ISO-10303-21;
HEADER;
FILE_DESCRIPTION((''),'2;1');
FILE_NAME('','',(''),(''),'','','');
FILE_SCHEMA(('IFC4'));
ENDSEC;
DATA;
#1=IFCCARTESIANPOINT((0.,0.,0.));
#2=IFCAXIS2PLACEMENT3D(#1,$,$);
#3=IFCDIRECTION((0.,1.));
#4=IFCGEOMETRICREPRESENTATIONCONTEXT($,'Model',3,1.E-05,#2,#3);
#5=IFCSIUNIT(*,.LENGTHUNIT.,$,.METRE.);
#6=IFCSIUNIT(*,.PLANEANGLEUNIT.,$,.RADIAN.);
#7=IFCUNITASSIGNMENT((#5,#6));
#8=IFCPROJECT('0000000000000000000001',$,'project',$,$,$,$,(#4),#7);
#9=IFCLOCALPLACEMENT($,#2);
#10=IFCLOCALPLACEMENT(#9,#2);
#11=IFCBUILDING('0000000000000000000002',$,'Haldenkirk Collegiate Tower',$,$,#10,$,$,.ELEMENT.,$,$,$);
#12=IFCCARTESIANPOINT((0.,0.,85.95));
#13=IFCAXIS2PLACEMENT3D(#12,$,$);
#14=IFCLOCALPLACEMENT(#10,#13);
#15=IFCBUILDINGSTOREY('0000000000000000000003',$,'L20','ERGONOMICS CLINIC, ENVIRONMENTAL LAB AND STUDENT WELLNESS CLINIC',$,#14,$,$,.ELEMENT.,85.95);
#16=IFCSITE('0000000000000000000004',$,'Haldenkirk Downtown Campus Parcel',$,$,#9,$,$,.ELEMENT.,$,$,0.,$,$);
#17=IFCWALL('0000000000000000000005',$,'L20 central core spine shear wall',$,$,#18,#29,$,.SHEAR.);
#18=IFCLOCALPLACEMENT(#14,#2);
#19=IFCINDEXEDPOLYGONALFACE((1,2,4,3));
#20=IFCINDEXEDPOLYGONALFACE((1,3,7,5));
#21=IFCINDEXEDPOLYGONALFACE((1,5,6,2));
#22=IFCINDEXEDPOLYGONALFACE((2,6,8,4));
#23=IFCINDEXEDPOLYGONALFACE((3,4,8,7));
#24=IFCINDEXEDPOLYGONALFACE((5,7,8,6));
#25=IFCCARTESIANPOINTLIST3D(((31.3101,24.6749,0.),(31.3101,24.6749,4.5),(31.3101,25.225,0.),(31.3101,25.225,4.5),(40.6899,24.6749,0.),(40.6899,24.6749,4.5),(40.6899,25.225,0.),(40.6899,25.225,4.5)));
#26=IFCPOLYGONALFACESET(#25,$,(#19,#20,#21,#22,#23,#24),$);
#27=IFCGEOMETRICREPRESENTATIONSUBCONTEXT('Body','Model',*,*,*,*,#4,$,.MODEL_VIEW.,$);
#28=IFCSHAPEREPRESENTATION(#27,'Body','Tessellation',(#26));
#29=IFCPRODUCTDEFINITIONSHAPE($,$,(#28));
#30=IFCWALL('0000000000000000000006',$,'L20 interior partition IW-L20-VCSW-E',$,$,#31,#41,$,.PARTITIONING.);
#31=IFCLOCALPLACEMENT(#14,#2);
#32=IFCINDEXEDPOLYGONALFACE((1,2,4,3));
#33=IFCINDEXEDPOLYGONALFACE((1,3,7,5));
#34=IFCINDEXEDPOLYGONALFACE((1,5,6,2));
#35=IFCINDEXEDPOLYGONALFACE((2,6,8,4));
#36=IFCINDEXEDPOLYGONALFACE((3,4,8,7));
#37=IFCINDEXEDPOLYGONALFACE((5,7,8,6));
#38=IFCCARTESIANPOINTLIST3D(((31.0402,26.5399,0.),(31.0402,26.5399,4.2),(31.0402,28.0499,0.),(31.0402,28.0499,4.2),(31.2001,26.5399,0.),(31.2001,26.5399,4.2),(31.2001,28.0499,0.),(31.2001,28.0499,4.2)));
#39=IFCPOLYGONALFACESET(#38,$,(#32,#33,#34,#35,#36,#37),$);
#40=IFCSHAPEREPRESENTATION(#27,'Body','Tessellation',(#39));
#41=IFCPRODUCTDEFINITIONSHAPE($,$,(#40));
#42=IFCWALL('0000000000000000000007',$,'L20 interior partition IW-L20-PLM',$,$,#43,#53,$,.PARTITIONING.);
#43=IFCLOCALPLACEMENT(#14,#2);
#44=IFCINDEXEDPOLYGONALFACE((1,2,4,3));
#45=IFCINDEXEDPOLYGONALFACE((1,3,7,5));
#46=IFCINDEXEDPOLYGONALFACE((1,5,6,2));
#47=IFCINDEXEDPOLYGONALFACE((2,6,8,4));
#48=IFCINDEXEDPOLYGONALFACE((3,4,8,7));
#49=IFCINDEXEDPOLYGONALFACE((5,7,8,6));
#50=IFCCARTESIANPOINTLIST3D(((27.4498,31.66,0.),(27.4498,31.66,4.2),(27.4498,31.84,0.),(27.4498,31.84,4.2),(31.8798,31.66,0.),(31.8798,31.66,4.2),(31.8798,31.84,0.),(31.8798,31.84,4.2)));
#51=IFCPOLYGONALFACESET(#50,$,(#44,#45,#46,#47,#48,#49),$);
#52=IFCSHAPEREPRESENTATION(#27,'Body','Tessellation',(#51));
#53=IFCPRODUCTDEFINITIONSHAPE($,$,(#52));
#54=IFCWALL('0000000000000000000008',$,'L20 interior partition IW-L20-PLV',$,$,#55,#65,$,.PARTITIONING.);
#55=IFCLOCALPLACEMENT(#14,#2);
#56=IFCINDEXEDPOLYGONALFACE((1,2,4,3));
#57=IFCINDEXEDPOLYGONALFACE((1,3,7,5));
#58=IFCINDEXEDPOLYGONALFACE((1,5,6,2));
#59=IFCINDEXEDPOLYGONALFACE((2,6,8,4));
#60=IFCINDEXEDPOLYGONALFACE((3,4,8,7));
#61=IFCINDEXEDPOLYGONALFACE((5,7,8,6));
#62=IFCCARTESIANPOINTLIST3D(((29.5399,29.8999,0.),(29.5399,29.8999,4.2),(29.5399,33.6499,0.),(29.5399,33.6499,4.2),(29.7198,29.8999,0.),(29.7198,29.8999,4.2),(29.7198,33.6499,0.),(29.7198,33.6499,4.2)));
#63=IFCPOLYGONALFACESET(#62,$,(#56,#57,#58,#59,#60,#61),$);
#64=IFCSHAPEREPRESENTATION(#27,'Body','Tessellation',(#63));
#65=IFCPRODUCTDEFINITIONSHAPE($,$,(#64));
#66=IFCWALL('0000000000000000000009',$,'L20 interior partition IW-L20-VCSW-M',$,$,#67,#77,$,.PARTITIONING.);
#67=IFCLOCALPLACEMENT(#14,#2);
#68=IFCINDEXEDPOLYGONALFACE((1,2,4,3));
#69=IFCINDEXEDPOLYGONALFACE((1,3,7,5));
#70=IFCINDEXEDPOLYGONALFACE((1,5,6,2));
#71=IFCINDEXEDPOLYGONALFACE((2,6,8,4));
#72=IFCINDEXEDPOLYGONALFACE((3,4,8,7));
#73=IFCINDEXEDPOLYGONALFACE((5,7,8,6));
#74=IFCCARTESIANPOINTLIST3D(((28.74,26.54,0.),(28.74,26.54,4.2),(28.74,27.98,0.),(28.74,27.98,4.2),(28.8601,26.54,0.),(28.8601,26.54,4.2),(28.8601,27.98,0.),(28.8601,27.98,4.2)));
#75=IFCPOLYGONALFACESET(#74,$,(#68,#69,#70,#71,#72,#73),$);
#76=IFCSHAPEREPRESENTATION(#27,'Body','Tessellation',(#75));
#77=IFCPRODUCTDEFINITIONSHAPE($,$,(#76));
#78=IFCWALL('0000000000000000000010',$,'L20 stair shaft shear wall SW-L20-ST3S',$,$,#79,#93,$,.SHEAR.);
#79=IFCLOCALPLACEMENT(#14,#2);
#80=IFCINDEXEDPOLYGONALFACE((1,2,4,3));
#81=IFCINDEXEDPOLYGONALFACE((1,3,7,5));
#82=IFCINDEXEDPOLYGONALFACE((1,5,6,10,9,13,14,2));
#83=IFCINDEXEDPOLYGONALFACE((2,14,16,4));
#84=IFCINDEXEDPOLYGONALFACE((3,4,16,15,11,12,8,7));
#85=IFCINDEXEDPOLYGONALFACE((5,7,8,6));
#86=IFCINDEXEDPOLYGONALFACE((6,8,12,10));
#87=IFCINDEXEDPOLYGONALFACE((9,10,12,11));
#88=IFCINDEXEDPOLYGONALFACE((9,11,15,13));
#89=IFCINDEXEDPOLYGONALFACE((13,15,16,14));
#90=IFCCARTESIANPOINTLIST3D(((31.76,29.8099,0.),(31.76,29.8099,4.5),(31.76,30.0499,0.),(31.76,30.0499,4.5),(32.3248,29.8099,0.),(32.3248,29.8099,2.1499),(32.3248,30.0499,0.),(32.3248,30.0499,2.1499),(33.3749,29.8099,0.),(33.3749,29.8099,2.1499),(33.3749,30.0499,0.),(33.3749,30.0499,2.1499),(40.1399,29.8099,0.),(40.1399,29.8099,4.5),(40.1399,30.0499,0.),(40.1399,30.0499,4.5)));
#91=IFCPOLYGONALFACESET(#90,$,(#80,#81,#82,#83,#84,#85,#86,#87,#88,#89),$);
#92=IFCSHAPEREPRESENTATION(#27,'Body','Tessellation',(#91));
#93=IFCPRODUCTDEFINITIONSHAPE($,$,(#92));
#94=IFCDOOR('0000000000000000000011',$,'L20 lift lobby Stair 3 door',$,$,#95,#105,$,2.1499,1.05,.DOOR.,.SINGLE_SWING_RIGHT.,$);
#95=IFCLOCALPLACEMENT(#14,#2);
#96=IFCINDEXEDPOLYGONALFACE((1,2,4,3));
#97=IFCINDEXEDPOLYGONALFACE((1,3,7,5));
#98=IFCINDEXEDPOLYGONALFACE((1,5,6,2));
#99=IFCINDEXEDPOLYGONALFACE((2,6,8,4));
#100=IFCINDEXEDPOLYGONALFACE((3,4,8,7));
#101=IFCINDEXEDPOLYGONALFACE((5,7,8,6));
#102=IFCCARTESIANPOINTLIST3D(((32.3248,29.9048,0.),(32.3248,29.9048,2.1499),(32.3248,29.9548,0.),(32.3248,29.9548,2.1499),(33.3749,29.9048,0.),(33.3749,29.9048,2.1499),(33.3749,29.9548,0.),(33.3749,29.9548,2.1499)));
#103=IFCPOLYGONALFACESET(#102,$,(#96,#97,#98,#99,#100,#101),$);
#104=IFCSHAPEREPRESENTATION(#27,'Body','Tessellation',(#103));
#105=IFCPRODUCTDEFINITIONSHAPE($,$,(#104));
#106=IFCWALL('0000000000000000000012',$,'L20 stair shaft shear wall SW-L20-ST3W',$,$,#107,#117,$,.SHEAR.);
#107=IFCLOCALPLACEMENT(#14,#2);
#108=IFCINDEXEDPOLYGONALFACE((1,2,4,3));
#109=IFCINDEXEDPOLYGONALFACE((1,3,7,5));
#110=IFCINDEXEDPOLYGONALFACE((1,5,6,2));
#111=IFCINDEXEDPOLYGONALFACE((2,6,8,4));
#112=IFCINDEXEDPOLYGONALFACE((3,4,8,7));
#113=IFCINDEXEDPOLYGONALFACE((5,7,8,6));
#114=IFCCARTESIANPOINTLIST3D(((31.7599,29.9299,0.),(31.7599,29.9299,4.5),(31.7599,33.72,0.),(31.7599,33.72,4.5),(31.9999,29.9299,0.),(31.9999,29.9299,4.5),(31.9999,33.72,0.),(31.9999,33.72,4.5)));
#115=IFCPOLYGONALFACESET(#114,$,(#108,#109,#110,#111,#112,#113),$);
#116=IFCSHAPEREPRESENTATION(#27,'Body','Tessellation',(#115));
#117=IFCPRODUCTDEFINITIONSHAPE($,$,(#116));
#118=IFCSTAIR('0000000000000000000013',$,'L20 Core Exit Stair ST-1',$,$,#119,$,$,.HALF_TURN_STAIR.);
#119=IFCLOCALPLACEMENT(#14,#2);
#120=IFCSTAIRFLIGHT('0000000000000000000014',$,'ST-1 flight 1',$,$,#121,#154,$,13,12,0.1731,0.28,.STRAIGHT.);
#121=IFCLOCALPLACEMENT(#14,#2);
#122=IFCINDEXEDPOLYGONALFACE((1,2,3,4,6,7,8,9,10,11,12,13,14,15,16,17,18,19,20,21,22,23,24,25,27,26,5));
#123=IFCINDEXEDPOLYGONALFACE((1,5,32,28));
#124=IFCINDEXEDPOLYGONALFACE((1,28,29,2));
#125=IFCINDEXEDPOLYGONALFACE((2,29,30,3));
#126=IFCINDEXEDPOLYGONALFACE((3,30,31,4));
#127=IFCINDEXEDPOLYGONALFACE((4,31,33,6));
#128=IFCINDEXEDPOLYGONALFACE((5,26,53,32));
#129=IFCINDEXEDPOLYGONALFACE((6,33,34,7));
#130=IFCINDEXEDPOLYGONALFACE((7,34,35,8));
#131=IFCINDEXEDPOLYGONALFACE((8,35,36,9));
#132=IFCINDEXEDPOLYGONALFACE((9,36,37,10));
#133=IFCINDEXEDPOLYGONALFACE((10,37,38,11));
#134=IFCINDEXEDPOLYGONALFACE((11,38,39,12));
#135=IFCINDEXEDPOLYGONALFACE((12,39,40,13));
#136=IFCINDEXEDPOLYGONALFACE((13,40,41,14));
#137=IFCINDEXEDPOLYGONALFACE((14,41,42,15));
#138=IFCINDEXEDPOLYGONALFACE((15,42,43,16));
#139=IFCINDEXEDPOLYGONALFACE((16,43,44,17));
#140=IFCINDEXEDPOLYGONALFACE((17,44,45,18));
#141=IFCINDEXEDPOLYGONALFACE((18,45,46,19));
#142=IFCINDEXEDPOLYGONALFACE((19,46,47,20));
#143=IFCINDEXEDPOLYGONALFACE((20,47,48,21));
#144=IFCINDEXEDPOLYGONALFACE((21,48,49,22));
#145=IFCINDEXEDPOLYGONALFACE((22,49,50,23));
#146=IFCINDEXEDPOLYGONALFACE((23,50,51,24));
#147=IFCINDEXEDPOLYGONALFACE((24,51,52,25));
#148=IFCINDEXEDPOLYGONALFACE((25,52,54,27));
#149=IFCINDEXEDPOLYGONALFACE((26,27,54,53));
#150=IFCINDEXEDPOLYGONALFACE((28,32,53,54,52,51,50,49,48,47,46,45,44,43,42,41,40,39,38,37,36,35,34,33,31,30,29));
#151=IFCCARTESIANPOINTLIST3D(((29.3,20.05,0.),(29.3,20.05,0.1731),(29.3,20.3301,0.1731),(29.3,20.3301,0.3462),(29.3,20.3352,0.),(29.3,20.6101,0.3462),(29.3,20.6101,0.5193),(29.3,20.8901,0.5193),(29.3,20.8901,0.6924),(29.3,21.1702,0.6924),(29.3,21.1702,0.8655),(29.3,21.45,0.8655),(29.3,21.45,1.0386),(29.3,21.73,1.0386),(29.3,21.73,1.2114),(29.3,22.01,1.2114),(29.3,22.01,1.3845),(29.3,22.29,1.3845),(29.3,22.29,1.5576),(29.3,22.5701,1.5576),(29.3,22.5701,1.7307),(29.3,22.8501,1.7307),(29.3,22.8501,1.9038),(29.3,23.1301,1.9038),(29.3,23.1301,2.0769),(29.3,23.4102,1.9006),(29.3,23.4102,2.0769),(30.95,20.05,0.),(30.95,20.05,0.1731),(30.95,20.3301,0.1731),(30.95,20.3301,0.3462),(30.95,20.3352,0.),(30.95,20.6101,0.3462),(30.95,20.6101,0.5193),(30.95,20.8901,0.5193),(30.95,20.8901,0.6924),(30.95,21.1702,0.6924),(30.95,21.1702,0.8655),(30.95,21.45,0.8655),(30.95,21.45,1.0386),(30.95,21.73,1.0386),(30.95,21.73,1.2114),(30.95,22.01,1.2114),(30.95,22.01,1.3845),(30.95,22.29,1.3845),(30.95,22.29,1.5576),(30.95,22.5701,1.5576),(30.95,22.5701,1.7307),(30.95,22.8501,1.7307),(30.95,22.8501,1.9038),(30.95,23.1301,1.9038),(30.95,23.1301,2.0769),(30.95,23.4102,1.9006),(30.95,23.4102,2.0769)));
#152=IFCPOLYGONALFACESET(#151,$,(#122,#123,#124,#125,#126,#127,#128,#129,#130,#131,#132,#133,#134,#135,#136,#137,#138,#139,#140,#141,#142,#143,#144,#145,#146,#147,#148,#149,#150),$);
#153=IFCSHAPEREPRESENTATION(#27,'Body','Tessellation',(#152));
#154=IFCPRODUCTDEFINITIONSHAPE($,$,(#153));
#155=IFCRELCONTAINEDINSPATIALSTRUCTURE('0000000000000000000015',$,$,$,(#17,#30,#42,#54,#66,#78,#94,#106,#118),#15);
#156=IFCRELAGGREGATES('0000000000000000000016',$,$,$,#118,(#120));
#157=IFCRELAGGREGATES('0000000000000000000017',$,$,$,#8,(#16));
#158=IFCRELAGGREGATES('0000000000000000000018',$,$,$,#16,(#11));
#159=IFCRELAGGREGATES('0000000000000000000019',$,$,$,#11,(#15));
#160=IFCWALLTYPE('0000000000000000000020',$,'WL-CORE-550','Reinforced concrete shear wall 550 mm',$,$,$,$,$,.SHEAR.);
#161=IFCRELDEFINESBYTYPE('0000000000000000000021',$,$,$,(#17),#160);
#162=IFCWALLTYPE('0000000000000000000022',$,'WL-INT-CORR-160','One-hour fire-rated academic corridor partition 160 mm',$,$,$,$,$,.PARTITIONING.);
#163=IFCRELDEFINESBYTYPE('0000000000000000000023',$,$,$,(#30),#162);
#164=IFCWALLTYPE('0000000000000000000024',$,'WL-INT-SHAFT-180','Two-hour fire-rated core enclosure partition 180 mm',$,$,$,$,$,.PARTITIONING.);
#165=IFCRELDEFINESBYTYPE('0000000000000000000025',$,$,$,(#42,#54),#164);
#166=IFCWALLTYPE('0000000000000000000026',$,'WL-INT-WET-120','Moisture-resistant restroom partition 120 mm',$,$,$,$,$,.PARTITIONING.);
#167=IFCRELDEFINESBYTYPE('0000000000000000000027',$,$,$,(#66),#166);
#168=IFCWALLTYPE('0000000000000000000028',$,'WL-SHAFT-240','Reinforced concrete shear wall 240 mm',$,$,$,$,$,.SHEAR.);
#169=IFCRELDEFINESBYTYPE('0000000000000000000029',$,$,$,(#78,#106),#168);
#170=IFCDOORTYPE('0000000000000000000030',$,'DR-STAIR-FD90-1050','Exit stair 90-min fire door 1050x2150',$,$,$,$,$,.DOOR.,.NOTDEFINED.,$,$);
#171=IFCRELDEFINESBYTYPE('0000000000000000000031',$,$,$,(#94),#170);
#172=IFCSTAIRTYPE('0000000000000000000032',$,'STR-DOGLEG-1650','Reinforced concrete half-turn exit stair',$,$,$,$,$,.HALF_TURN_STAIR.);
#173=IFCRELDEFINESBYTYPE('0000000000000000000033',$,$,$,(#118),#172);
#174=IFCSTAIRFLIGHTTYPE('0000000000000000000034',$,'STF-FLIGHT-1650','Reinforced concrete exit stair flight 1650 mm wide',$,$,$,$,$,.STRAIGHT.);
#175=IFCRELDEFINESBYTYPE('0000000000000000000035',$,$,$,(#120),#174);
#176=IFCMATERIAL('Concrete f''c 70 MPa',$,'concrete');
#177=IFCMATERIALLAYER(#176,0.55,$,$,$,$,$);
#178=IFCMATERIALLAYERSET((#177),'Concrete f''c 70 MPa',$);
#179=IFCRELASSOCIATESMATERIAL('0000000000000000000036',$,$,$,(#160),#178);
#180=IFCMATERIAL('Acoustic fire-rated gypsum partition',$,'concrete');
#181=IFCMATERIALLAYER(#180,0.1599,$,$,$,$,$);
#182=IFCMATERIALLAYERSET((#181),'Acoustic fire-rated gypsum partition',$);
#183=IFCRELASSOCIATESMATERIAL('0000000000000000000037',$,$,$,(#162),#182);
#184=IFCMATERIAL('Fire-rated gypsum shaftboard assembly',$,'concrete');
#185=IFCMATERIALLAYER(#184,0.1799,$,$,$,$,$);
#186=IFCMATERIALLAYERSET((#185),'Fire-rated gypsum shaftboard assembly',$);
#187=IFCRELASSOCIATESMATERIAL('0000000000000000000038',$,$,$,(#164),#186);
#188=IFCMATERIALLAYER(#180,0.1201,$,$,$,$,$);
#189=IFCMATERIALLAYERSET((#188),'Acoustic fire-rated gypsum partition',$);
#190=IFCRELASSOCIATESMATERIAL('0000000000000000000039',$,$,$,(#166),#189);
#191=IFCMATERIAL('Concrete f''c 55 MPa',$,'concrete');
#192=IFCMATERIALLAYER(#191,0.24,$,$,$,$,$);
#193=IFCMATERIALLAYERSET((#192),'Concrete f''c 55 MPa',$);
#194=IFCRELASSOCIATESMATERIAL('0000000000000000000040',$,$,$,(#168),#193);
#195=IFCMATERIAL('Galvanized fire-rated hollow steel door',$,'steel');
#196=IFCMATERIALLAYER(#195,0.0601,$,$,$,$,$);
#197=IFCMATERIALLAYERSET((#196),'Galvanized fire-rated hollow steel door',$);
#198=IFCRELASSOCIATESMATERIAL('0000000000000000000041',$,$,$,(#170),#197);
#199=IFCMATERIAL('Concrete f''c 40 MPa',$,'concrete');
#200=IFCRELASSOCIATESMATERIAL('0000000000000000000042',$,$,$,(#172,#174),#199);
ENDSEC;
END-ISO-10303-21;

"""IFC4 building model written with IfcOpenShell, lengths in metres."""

from ifc_helpers import new_model, si_unit, direction, frame, frame_2d, origin, place, context, subcontext, project, spatial, polyline, rectangle, outline, extrude, material, layer, layer_set, type_object, element, fill, aggregate, save


model = new_model("IFC4")

# Units and contexts
model_context = context("Model", 3, precision=1e-05, world=origin(), true_north=direction((0.0, 1.0)))
body_context = subcontext(model_context, "Body", "Model", "MODEL_VIEW")
ifc_project = project(units=[si_unit("LENGTHUNIT", "METRE"), si_unit("PLANEANGLEUNIT", "RADIAN")], contexts=[model_context])

# Site, building, storey
site_placement = place(None, origin())
site = spatial("IfcSite", under=ifc_project, at=site_placement, Name="Haldenkirk Downtown Campus Parcel", CompositionType="ELEMENT", RefElevation=0.0)
building_placement = place(site_placement, origin())
building = spatial("IfcBuilding", under=site, at=building_placement, Name="Haldenkirk Collegiate Tower", CompositionType="ELEMENT")
storey_placement = place(building_placement, frame((0.0, 0.0, 85.95)))
storey = spatial("IfcBuildingStorey", under=building, at=storey_placement, Name="L20", Description="ERGONOMICS CLINIC, ENVIRONMENTAL LAB AND STUDENT WELLNESS CLINIC", CompositionType="ELEMENT", Elevation=85.95)

# Walls
ifc_material_1 = material(Name="Concrete f'c 70 MPa", Category="concrete")
ifc_layer_1 = layer(ifc_material_1, 0.55)
ifc_layer_set_1 = layer_set([ifc_layer_1], Name="Concrete f'c 70 MPa")
wall_type_1 = type_object("IfcWallType", Name="WL-CORE-550", Description="Reinforced concrete shear wall 550 mm", PredefinedType="SHEAR", material=ifc_layer_set_1)
wall_1_placement = place(storey_placement, frame((31.3101, 24.95, 0.0), z_axis=(0.0, 0.0, 1.0), x_axis=(1.0, 0.0, 0.0)))
element("IfcWall", 1, at=wall_1_placement, inside=storey, type_object=wall_type_1, Name="L20 central core spine shear wall", PredefinedType="SHEAR", context=body_context, shape_type="SweptSolid", body=[
    extrude(rectangle(XDim=9.3799, YDim=0.55, at=frame_2d((4.6899, 0.0))), origin(), (0.0, 0.0, 1.0), 4.5),
])
ifc_material_2 = material(Name="Acoustic fire-rated gypsum partition", Category="concrete")
ifc_layer_2 = layer(ifc_material_2, 0.1599)
ifc_layer_set_2 = layer_set([ifc_layer_2], Name="Acoustic fire-rated gypsum partition")
wall_type_2 = type_object("IfcWallType", Name="WL-INT-CORR-160", Description="One-hour fire-rated academic corridor partition 160 mm", PredefinedType="PARTITIONING", material=ifc_layer_set_2)
wall_2_placement = place(storey_placement, frame((31.1201, 26.54, 0.0), z_axis=(0.0, 0.0, 1.0), x_axis=(0.0, 1.0, 0.0)))
element("IfcWall", 2, at=wall_2_placement, inside=storey, type_object=wall_type_2, Name="L20 interior partition IW-L20-VCSW-E", PredefinedType="PARTITIONING", context=body_context, shape_type="SweptSolid", body=[
    extrude(rectangle(XDim=1.51, YDim=0.1599, at=frame_2d((0.7549, 0.0))), origin(), (0.0, 0.0, 1.0), 4.2),
])

# Shared definitions
ifc_material_3 = material(Name="Fire-rated gypsum shaftboard assembly", Category="concrete")
ifc_layer_3 = layer(ifc_material_3, 0.1799)
ifc_layer_set_3 = layer_set([ifc_layer_3], Name="Fire-rated gypsum shaftboard assembly")
wall_type_3 = type_object("IfcWallType", Name="WL-INT-SHAFT-180", Description="Two-hour fire-rated core enclosure partition 180 mm", PredefinedType="PARTITIONING", material=ifc_layer_set_3)

# Walls
wall_3_placement = place(storey_placement, frame((27.45, 31.75, 0.0), z_axis=(0.0, 0.0, 1.0), x_axis=(1.0, 0.0, 0.0)))
element("IfcWall", 3, at=wall_3_placement, inside=storey, type_object=wall_type_3, Name="L20 interior partition IW-L20-PLM", PredefinedType="PARTITIONING", context=body_context, shape_type="SweptSolid", body=[
    extrude(rectangle(XDim=4.4299, YDim=0.1799, at=frame_2d((2.2148, 0.0))), origin(), (0.0, 0.0, 1.0), 4.2),
])
wall_4_placement = place(storey_placement, frame((29.6299, 29.8999, 0.0), z_axis=(0.0, 0.0, 1.0), x_axis=(0.0, 1.0, 0.0)))
element("IfcWall", 4, at=wall_4_placement, inside=storey, type_object=wall_type_3, Name="L20 interior partition IW-L20-PLV", PredefinedType="PARTITIONING", context=body_context, shape_type="SweptSolid", body=[
    extrude(rectangle(XDim=3.75, YDim=0.1799, at=frame_2d((1.875, 0.0))), origin(), (0.0, 0.0, 1.0), 4.2),
])

# Shared definitions
ifc_material_4 = material(Name="Galvanized fire-rated hollow steel door", Category="steel")

# Wall
ifc_layer_4 = layer(ifc_material_2, 0.1201)
ifc_layer_set_4 = layer_set([ifc_layer_4], Name="Acoustic fire-rated gypsum partition")
wall_type_4 = type_object("IfcWallType", Name="WL-INT-WET-120", Description="Moisture-resistant restroom partition 120 mm", PredefinedType="PARTITIONING", material=ifc_layer_set_4)
wall_5_placement = place(storey_placement, frame((28.8, 26.54, 0.0), z_axis=(0.0, 0.0, 1.0), x_axis=(0.0, 1.0, 0.0)))
element("IfcWall", 5, at=wall_5_placement, inside=storey, type_object=wall_type_4, Name="L20 interior partition IW-L20-VCSW-M", PredefinedType="PARTITIONING", context=body_context, shape_type="SweptSolid", body=[
    extrude(rectangle(XDim=1.4399, YDim=0.1201, at=frame_2d((0.72, 0.0))), origin(), (0.0, 0.0, 1.0), 4.2),
])

# Wall, opening, door
ifc_material_5 = material(Name="Concrete f'c 55 MPa", Category="concrete")
ifc_layer_5 = layer(ifc_material_5, 0.24)
ifc_layer_set_5 = layer_set([ifc_layer_5], Name="Concrete f'c 55 MPa")
wall_type_5 = type_object("IfcWallType", Name="WL-SHAFT-240", Description="Reinforced concrete shear wall 240 mm", PredefinedType="SHEAR", material=ifc_layer_set_5)
wall_6_placement = place(storey_placement, frame((31.76, 29.9299, 0.0), z_axis=(0.0, 0.0, 1.0), x_axis=(1.0, 0.0, 0.0)))
wall_6 = element("IfcWall", 6, at=wall_6_placement, inside=storey, type_object=wall_type_5, Name="L20 stair shaft shear wall SW-L20-ST3S", PredefinedType="SHEAR", context=body_context, shape_type="SweptSolid", body=[
    extrude(rectangle(XDim=8.3799, YDim=0.24, at=frame_2d((4.1899, 0.0))), origin(), (0.0, 0.0, 1.0), 4.5),
])
opening_1_placement = place(wall_6_placement, frame((0.5649, 0.0, 0.0)))
opening_1 = element("IfcOpeningElement", 7, at=opening_1_placement, cuts=wall_6, PredefinedType="OPENING", context=body_context, shape_type="SweptSolid", body=[
    extrude(rectangle(XDim=1.05, YDim=2.1499, at=frame_2d((0.5249, 1.075))), frame((0.0, 0.1299, 0.0), z_axis=(0.0, -1.0, 0.0), x_axis=(1.0, 0.0, 0.0)), (0.0, 0.0, 1.0), 0.26),
])
ifc_layer_6 = layer(ifc_material_4, 0.0601)
ifc_layer_set_6 = layer_set([ifc_layer_6], Name="Galvanized fire-rated hollow steel door")
door_type_1 = type_object("IfcDoorType", Name="DR-STAIR-FD90-1050", Description="Exit stair 90-min fire door 1050x2150", OperationType="NOTDEFINED", PredefinedType="DOOR", material=ifc_layer_set_6)
door_1_placement = place(opening_1_placement, origin())
door_1 = element("IfcDoor", 8, at=door_1_placement, inside=storey, type_object=door_type_1, Name="L20 lift lobby Stair 3 door", OperationType="SINGLE_SWING_RIGHT", OverallHeight=2.1499, OverallWidth=1.05, PredefinedType="DOOR", context=body_context, shape_type="SweptSolid", body=[
    extrude(rectangle(XDim=1.05, YDim=2.1499, at=frame_2d((0.5249, 1.075))), frame((0.0, 0.0249, 0.0), z_axis=(0.0, -1.0, 0.0), x_axis=(1.0, 0.0, 0.0)), (0.0, 0.0, 1.0), 0.05),
])
fill(opening_1, door_1)

# Wall
wall_7_placement = place(storey_placement, frame((31.8799, 29.9299, 0.0), z_axis=(0.0, 0.0, 1.0), x_axis=(0.0, 1.0, 0.0)))
element("IfcWall", 9, at=wall_7_placement, inside=storey, type_object=wall_type_5, Name="L20 stair shaft shear wall SW-L20-ST3W", PredefinedType="SHEAR", context=body_context, shape_type="SweptSolid", body=[
    extrude(rectangle(XDim=3.79, YDim=0.24, at=frame_2d((1.895, 0.0))), origin(), (0.0, 0.0, 1.0), 4.5),
])

# Stair, stair flight
ifc_material_6 = material(Name="Concrete f'c 40 MPa", Category="concrete")
stair_type = type_object("IfcStairType", Name="STR-DOGLEG-1650", Description="Reinforced concrete half-turn exit stair", PredefinedType="HALF_TURN_STAIR", material=ifc_material_6)
stair_placement = place(storey_placement, origin())
stair = element("IfcStair", 10, at=stair_placement, inside=storey, type_object=stair_type, Name="L20 Core Exit Stair ST-1", PredefinedType="HALF_TURN_STAIR")
stair_flight_type = type_object("IfcStairFlightType", Name="STF-FLIGHT-1650", Description="Reinforced concrete exit stair flight 1650 mm wide", PredefinedType="STRAIGHT", material=ifc_material_6)
stair_flight_1_placement = place(storey_placement, frame((30.125, 20.05, 0.0), z_axis=(0.0, 0.0, 1.0), x_axis=(0.0, 1.0, 0.0)))
stair_flight_1 = element("IfcStairFlight", 11, at=stair_flight_1_placement, type_object=stair_flight_type, Name="ST-1 flight 1", NumberOfRisers=13, NumberOfTreads=12, PredefinedType="STRAIGHT", RiserHeight=0.1731, TreadLength=0.28, context=body_context, shape_type="SweptSolid", body=[
    extrude(outline(polyline([(0.0, 0.0), (0.0, 0.1731), (0.28, 0.1731), (0.28, 0.3462), (0.5601, 0.3462), (0.5601, 0.5193), (0.8401, 0.5193), (0.8401, 0.6924), (1.1201, 0.6924), (1.1201, 0.8655), (1.3999, 0.8655), (1.3999, 1.0386), (1.6799, 1.0386), (1.6799, 1.2114), (1.96, 1.2114), (1.96, 1.3845), (2.24, 1.3845), (2.24, 1.5576), (2.52, 1.5576), (2.52, 1.7307), (2.8, 1.7307), (2.8, 1.9038), (3.0801, 1.9038), (3.0801, 2.0769), (3.3601, 2.0769), (3.3601, 2.25), (3.3601, 1.9006), (0.2852, 0.0), (0.0, 0.0)])), frame((0.0, 0.825, 0.0), z_axis=(0.0, -1.0, 0.0), x_axis=(1.0, 0.0, 0.0)), (0.0, 0.0, 1.0), 1.6499),
])
aggregate(stair, [stair_flight_1])

save(model, "model.ifc")
